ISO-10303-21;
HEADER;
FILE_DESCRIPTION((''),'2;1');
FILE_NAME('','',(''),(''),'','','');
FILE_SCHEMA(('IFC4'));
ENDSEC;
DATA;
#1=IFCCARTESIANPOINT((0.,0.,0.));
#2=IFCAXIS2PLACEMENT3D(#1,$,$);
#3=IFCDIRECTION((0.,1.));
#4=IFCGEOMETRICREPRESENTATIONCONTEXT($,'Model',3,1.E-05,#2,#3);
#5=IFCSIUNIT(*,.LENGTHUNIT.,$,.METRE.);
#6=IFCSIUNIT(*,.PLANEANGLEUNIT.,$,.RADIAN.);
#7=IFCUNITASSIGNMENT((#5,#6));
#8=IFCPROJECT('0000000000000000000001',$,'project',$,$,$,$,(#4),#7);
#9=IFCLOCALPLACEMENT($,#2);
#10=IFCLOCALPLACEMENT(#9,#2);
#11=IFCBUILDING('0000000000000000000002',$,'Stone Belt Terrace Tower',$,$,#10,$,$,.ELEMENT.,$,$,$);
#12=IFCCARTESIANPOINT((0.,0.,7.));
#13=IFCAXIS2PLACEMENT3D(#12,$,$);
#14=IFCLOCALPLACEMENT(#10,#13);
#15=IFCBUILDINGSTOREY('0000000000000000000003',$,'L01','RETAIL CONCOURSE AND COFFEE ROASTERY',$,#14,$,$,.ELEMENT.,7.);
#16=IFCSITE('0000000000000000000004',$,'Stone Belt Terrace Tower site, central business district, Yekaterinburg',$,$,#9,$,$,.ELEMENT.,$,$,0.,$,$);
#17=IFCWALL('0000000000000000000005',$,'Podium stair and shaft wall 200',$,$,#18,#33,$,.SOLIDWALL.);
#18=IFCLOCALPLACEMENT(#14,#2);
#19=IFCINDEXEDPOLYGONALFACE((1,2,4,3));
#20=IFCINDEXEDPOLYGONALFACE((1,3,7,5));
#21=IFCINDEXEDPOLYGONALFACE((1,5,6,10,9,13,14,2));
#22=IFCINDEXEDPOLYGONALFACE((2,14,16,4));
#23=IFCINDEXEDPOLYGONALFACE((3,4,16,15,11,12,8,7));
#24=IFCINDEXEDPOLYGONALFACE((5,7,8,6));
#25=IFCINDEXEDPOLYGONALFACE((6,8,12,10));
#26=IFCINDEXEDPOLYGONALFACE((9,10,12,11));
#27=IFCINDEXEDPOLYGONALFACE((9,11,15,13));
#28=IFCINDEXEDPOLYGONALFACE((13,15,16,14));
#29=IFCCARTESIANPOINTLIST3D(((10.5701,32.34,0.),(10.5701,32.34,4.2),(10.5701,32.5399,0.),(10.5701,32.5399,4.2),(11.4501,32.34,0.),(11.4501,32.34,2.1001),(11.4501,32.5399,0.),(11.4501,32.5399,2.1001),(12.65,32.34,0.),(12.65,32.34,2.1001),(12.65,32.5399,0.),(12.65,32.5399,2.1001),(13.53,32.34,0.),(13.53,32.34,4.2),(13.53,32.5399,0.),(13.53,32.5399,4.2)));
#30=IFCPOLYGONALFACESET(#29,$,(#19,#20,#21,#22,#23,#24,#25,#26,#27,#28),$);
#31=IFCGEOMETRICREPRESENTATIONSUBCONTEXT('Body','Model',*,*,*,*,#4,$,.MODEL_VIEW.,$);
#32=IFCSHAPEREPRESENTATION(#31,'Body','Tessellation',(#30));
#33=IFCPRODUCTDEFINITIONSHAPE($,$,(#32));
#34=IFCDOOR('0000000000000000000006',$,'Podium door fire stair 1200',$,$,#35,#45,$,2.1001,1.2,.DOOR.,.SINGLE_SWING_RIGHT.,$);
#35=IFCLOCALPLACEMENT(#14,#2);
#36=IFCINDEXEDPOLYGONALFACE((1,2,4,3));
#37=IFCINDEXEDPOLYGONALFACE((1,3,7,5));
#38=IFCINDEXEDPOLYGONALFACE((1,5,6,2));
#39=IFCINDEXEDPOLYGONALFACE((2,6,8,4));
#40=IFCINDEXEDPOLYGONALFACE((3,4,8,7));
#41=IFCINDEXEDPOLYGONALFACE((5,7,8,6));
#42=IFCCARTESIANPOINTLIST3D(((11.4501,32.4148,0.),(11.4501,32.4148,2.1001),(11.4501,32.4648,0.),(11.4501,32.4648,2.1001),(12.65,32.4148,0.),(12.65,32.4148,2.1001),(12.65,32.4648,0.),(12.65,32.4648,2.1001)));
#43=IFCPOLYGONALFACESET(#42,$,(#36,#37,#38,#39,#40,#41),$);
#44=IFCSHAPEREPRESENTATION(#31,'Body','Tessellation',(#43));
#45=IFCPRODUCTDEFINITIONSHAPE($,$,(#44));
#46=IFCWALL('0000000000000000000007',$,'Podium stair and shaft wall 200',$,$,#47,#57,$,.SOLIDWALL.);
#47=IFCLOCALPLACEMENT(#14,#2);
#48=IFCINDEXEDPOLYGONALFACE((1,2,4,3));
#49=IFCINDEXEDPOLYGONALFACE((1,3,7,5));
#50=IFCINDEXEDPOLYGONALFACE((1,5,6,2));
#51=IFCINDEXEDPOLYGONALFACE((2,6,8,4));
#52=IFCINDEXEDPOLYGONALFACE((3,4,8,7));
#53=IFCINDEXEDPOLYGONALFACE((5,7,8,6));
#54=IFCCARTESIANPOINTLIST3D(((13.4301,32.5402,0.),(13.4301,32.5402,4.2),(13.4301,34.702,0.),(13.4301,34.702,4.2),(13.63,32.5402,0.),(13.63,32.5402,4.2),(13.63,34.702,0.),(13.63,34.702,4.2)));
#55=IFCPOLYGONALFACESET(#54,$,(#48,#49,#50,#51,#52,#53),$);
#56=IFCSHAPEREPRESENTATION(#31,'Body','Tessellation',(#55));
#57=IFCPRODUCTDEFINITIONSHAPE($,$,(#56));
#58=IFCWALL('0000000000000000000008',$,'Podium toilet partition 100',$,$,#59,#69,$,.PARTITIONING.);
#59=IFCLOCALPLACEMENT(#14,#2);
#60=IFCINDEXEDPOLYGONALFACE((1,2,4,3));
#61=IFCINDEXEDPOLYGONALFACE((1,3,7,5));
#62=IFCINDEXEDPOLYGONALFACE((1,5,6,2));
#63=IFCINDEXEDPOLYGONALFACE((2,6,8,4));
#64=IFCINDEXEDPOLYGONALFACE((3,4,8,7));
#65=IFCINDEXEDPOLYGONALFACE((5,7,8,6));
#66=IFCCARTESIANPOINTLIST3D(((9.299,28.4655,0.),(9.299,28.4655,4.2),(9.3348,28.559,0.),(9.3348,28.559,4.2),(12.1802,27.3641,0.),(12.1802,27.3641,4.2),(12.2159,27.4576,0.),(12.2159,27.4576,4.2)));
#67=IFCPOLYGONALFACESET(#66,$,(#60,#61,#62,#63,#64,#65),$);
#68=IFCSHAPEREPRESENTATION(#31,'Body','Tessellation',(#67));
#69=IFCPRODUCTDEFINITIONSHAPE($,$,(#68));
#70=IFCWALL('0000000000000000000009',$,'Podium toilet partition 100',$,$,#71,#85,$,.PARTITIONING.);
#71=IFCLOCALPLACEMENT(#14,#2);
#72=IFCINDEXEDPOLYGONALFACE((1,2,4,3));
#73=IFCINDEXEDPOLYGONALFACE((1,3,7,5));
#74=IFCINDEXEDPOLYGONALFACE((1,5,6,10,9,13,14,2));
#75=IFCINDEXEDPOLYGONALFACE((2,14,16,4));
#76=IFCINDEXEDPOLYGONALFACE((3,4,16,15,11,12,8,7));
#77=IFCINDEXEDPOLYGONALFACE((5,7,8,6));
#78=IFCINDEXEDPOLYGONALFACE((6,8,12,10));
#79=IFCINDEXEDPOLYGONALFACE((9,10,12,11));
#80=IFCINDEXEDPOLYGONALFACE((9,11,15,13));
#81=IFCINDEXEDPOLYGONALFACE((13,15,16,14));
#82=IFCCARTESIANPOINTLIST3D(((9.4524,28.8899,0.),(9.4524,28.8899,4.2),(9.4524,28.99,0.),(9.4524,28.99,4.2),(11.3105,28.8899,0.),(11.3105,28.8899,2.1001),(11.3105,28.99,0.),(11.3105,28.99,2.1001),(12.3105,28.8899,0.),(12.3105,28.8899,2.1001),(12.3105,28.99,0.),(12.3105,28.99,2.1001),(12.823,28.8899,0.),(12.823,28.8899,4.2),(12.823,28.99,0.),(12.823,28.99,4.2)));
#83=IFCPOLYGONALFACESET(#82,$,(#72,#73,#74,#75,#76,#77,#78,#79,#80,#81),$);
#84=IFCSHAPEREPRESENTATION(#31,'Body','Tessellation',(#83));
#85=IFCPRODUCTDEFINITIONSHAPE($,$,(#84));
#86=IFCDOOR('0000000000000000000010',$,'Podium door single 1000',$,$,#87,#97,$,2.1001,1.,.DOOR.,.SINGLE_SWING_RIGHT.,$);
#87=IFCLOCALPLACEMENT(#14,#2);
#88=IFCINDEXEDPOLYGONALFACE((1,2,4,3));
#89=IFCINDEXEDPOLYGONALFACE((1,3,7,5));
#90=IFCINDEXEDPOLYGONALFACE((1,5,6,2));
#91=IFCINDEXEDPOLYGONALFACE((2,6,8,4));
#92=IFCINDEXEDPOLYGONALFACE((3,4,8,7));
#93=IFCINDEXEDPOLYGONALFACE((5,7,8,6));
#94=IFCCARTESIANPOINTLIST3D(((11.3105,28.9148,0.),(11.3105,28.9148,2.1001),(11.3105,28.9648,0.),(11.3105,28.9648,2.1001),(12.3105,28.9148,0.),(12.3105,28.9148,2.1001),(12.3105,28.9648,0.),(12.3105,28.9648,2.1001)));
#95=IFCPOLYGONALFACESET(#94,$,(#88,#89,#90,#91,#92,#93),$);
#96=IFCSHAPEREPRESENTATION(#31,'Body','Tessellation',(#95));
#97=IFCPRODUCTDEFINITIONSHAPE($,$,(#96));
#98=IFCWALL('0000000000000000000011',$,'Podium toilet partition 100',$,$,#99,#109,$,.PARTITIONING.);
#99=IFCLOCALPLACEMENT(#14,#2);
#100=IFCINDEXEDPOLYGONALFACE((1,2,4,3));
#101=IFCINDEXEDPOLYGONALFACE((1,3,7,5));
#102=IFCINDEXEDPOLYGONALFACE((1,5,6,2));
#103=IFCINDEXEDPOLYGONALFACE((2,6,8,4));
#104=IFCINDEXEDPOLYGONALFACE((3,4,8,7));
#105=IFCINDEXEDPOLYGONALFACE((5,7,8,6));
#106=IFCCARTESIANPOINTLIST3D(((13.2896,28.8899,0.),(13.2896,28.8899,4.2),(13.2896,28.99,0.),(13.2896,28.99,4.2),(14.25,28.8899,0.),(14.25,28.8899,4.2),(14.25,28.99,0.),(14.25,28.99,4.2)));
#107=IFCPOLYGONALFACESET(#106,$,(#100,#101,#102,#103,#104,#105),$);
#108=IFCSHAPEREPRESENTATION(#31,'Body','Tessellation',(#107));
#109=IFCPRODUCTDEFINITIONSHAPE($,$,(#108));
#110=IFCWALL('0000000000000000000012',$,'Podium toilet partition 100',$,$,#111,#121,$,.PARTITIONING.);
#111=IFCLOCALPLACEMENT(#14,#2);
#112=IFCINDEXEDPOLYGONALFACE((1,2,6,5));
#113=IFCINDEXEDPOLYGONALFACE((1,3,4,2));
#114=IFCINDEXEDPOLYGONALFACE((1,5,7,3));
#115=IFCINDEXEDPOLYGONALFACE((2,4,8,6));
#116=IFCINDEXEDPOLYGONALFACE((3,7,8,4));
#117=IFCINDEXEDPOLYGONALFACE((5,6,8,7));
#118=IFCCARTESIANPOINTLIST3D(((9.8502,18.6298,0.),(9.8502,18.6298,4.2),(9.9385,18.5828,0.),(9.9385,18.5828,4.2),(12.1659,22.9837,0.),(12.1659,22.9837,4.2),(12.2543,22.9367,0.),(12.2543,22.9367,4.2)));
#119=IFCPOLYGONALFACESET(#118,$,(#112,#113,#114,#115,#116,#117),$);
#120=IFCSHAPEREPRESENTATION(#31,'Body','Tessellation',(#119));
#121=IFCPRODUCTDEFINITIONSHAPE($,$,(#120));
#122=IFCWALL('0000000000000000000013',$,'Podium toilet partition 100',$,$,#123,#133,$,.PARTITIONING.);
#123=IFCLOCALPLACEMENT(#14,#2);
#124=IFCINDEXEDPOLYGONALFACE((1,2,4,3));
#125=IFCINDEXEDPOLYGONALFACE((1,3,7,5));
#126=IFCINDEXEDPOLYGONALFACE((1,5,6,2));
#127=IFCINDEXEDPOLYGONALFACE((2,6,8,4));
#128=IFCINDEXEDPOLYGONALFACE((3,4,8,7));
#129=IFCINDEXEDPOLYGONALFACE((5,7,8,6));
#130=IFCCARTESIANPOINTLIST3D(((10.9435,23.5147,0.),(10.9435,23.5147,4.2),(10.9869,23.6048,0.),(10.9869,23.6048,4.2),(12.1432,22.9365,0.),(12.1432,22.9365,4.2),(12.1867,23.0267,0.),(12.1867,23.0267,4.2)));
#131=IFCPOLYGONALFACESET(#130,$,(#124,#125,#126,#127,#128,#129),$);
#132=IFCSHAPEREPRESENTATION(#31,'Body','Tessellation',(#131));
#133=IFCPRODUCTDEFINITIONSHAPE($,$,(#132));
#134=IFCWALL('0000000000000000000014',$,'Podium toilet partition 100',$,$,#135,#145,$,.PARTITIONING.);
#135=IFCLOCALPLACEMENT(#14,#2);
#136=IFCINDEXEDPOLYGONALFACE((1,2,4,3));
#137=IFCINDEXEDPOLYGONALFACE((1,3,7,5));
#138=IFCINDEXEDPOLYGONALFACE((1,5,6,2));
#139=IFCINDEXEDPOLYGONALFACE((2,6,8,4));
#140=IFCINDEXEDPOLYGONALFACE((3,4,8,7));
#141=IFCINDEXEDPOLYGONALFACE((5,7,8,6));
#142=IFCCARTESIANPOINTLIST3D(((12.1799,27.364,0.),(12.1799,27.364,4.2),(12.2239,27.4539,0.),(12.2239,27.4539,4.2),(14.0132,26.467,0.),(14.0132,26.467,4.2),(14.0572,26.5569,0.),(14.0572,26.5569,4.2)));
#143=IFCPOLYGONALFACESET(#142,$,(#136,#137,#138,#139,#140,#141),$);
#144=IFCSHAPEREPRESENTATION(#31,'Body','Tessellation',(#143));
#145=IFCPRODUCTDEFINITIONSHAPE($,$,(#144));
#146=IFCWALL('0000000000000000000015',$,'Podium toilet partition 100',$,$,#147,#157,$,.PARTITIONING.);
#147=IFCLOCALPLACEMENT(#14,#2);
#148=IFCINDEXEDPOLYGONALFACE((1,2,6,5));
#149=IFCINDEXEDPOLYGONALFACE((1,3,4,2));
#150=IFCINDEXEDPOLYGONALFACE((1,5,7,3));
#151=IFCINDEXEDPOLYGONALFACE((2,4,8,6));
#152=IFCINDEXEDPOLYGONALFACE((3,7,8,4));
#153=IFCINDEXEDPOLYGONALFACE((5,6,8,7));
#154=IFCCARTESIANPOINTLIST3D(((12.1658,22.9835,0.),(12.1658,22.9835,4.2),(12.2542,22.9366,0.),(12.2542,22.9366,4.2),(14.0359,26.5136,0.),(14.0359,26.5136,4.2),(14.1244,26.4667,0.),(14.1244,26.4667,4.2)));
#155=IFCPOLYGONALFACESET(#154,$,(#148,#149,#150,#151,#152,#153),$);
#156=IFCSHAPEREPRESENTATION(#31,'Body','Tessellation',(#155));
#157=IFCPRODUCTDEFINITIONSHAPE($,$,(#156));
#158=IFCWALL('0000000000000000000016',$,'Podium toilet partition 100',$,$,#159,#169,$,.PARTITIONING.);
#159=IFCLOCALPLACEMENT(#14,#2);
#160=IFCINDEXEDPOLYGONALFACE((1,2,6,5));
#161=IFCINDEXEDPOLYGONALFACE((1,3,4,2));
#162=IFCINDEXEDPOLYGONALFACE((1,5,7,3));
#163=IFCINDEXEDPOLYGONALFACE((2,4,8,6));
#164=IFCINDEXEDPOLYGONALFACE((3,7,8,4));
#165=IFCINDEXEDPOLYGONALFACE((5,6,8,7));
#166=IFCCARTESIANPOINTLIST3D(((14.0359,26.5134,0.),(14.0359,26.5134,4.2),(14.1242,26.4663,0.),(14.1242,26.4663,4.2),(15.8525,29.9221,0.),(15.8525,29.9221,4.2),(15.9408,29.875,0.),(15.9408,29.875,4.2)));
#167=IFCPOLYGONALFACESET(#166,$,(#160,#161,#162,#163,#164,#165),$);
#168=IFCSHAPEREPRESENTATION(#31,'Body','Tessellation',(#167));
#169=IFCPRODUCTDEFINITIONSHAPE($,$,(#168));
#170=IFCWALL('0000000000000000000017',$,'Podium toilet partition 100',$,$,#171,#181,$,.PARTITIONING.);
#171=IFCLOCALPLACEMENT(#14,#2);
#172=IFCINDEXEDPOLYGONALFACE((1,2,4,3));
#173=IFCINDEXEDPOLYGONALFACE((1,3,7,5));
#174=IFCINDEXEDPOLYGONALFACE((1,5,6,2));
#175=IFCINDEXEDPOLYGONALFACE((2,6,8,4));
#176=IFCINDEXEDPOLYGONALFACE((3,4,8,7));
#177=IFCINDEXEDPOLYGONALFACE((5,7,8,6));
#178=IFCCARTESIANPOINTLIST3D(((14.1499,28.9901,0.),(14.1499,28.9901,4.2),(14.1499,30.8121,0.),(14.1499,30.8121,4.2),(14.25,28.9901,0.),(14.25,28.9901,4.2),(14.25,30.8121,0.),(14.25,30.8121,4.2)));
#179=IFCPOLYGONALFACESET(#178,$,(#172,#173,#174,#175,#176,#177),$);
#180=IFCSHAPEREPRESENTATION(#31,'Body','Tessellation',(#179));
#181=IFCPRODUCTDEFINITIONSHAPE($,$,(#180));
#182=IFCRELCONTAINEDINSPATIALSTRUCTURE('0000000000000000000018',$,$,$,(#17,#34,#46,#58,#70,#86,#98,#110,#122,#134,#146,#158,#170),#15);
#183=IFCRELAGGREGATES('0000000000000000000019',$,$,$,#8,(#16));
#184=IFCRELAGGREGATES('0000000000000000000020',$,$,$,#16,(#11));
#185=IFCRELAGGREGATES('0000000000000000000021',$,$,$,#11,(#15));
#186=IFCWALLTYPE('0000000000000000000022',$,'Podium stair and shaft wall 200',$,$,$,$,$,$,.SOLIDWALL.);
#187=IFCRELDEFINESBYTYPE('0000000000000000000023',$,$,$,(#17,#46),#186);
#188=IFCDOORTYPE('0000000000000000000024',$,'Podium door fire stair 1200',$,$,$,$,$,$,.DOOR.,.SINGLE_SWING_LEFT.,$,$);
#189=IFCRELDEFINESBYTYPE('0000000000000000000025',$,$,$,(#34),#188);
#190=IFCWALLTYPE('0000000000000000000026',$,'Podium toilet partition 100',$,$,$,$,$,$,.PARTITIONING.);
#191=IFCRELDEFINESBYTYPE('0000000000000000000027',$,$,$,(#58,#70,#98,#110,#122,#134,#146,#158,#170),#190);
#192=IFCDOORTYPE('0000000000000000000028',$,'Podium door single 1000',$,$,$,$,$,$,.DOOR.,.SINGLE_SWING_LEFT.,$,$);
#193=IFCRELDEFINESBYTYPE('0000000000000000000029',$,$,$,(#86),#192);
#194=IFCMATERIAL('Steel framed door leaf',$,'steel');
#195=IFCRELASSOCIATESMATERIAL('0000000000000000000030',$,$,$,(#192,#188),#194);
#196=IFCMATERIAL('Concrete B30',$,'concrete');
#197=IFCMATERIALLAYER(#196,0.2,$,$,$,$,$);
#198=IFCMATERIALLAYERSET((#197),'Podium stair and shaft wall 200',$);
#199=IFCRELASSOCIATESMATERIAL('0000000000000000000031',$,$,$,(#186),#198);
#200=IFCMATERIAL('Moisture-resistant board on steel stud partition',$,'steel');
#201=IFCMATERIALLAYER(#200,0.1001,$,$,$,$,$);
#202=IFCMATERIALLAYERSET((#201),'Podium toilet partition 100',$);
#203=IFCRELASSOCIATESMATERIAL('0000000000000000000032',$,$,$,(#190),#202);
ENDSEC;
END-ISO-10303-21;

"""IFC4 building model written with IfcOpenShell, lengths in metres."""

from ifc_helpers import new_model, si_unit, direction, frame, frame_2d, origin, place, context, subcontext, project, spatial, rectangle, extrude, material, layer, layer_set, type_object, element, fill, save


model = new_model("IFC4")

# Units and contexts
model_context = context("Model", 3, precision=1e-05, world=origin(), true_north=direction((0.0, 1.0)))
body_context = subcontext(model_context, "Body", "Model", "MODEL_VIEW")
ifc_project = project(units=[si_unit("LENGTHUNIT", "METRE"), si_unit("PLANEANGLEUNIT", "RADIAN")], contexts=[model_context])

# Site, building, storey
site_placement = place(None, origin())
site = spatial("IfcSite", under=ifc_project, at=site_placement, Name="Stone Belt Terrace Tower site, central business district, Yekaterinburg", CompositionType="ELEMENT", RefElevation=0.0)
building_placement = place(site_placement, origin())
building = spatial("IfcBuilding", under=site, at=building_placement, Name="Stone Belt Terrace Tower", CompositionType="ELEMENT")
storey_placement = place(building_placement, frame((0.0, 0.0, 7.0)))
storey = spatial("IfcBuildingStorey", under=building, at=storey_placement, Name="L01", Description="RETAIL CONCOURSE AND COFFEE ROASTERY", CompositionType="ELEMENT", Elevation=7.0)

# Shared definitions
ifc_material_1 = material(Name="Steel framed door leaf", Category="steel")
door_type_1 = type_object("IfcDoorType", Name="Podium door single 1000", OperationType="SINGLE_SWING_LEFT", PredefinedType="DOOR", material=ifc_material_1)

# Shared definitions
ifc_material_2 = material(Name="Concrete B30", Category="concrete")
ifc_layer_1 = layer(ifc_material_2, 0.2)
ifc_layer_set_1 = layer_set([ifc_layer_1], Name="Podium stair and shaft wall 200")
wall_type_1 = type_object("IfcWallType", Name="Podium stair and shaft wall 200", PredefinedType="SOLIDWALL", material=ifc_layer_set_1)

# Wall, opening, door
wall_1_placement = place(storey_placement, frame((10.5701, 32.4399, 0.0), z_axis=(0.0, 0.0, 1.0), x_axis=(1.0, 0.0, 0.0)))
wall_1 = element("IfcWall", 1, at=wall_1_placement, inside=storey, type_object=wall_type_1, Name="Podium stair and shaft wall 200", PredefinedType="SOLIDWALL", context=body_context, shape_type="SweptSolid", body=[
    extrude(rectangle(XDim=2.96, YDim=0.2, at=frame_2d((1.48, 0.0))), origin(), (0.0, 0.0, 1.0), 4.2),
])
opening_1_placement = place(wall_1_placement, frame((0.8799, 0.0, 0.0)))
opening_1 = element("IfcOpeningElement", 2, at=opening_1_placement, cuts=wall_1, PredefinedType="OPENING", context=body_context, shape_type="SweptSolid", body=[
    extrude(rectangle(XDim=1.2, YDim=2.1001, at=frame_2d((0.6001, 1.05))), frame((0.0, 0.1099, 0.0), z_axis=(0.0, -1.0, 0.0), x_axis=(1.0, 0.0, 0.0)), (0.0, 0.0, 1.0), 0.22),
])
door_type_2 = type_object("IfcDoorType", Name="Podium door fire stair 1200", OperationType="SINGLE_SWING_LEFT", PredefinedType="DOOR", material=ifc_material_1)
door_1_placement = place(opening_1_placement, origin())
door_1 = element("IfcDoor", 3, at=door_1_placement, inside=storey, type_object=door_type_2, Name="Podium door fire stair 1200", OperationType="SINGLE_SWING_RIGHT", OverallHeight=2.1001, OverallWidth=1.2, PredefinedType="DOOR", context=body_context, shape_type="SweptSolid", body=[
    extrude(rectangle(XDim=1.2, YDim=2.1001, at=frame_2d((0.6001, 1.05))), frame((0.0, 0.0249, 0.0), z_axis=(0.0, -1.0, 0.0), x_axis=(1.0, 0.0, 0.0)), (0.0, 0.0, 1.0), 0.05),
])
fill(opening_1, door_1)

# Walls
wall_2_placement = place(storey_placement, frame((13.53, 32.54, 0.0), z_axis=(0.0, 0.0, 1.0), x_axis=(0.0, 1.0, 0.0)))
element("IfcWall", 4, at=wall_2_placement, inside=storey, type_object=wall_type_1, Name="Podium stair and shaft wall 200", PredefinedType="SOLIDWALL", context=body_context, shape_type="SweptSolid", body=[
    extrude(rectangle(XDim=2.1619, YDim=0.2, at=frame_2d((1.0811, 0.0))), origin(), (0.0, 0.0, 1.0), 4.2),
])
ifc_material_3 = material(Name="Moisture-resistant board on steel stud partition", Category="steel")
ifc_layer_2 = layer(ifc_material_3, 0.1001)
ifc_layer_set_2 = layer_set([ifc_layer_2], Name="Podium toilet partition 100")
wall_type_2 = type_object("IfcWallType", Name="Podium toilet partition 100", PredefinedType="PARTITIONING", material=ifc_layer_set_2)
wall_3_placement = place(storey_placement, frame((9.3169, 28.5122, 0.0), z_axis=(0.0, 0.0, 1.0), x_axis=(0.934082, -0.357058, 0.0)))
element("IfcWall", 5, at=wall_3_placement, inside=storey, type_object=wall_type_2, Name="Podium toilet partition 100", PredefinedType="PARTITIONING", context=body_context, shape_type="SweptSolid", body=[
    extrude(rectangle(XDim=3.0845, YDim=0.1001, at=frame_2d((1.5422, 0.0))), origin(), (0.0, 0.0, 1.0), 4.2),
])

# Wall, opening, door
wall_4_placement = place(storey_placement, frame((9.4524, 28.9399, 0.0), z_axis=(0.0, 0.0, 1.0), x_axis=(1.0, 0.0, 0.0)))
wall_4 = element("IfcWall", 6, at=wall_4_placement, inside=storey, type_object=wall_type_2, Name="Podium toilet partition 100", PredefinedType="PARTITIONING", context=body_context, shape_type="SweptSolid", body=[
    extrude(rectangle(XDim=3.3706, YDim=0.1001, at=frame_2d((1.6853, 0.0))), origin(), (0.0, 0.0, 1.0), 4.2),
])
opening_2_placement = place(wall_4_placement, frame((1.8582, 0.0, 0.0)))
opening_2 = element("IfcOpeningElement", 7, at=opening_2_placement, cuts=wall_4, PredefinedType="OPENING", context=body_context, shape_type="SweptSolid", body=[
    extrude(rectangle(XDim=1.0, YDim=2.1001, at=frame_2d((0.5, 1.05))), frame((0.0, 0.0601, 0.0), z_axis=(0.0, -1.0, 0.0), x_axis=(1.0, 0.0, 0.0)), (0.0, 0.0, 1.0), 0.1201),
])
door_2_placement = place(opening_2_placement, origin())
door_2 = element("IfcDoor", 8, at=door_2_placement, inside=storey, type_object=door_type_1, Name="Podium door single 1000", OperationType="SINGLE_SWING_RIGHT", OverallHeight=2.1001, OverallWidth=1.0, PredefinedType="DOOR", context=body_context, shape_type="SweptSolid", body=[
    extrude(rectangle(XDim=1.0, YDim=2.1001, at=frame_2d((0.5, 1.05))), frame((0.0, 0.0249, 0.0), z_axis=(0.0, -1.0, 0.0), x_axis=(1.0, 0.0, 0.0)), (0.0, 0.0, 1.0), 0.05),
])
fill(opening_2, door_2)

# Walls
wall_5_placement = place(storey_placement, frame((13.2896, 28.9399, 0.0), z_axis=(0.0, 0.0, 1.0), x_axis=(1.0, 0.0, 0.0)))
element("IfcWall", 9, at=wall_5_placement, inside=storey, type_object=wall_type_2, Name="Podium toilet partition 100", PredefinedType="PARTITIONING", context=body_context, shape_type="SweptSolid", body=[
    extrude(rectangle(XDim=0.9604, YDim=0.1001, at=frame_2d((0.4802, 0.0))), origin(), (0.0, 0.0, 1.0), 4.2),
])
wall_6_placement = place(storey_placement, frame((9.8943, 18.6062, 0.0), z_axis=(0.0, 0.0, 1.0), x_axis=(0.469588, 0.882885, 0.0)))
element("IfcWall", 10, at=wall_6_placement, inside=storey, type_object=wall_type_2, Name="Podium toilet partition 100", PredefinedType="PARTITIONING", context=body_context, shape_type="SweptSolid", body=[
    extrude(rectangle(XDim=4.9314, YDim=0.1001, at=frame_2d((2.4658, 0.0))), origin(), (0.0, 0.0, 1.0), 4.2),
])
wall_7_placement = place(storey_placement, frame((10.9651, 23.5598, 0.0), z_axis=(0.0, 0.0, 1.0), x_axis=(0.900858, -0.434113, 0.0)))
element("IfcWall", 11, at=wall_7_placement, inside=storey, type_object=wall_type_2, Name="Podium toilet partition 100", PredefinedType="PARTITIONING", context=body_context, shape_type="SweptSolid", body=[
    extrude(rectangle(XDim=1.3318, YDim=0.1001, at=frame_2d((0.666, 0.0))), origin(), (0.0, 0.0, 1.0), 4.2),
])
wall_8_placement = place(storey_placement, frame((12.2019, 27.4089, 0.0), z_axis=(0.0, 0.0, 1.0), x_axis=(0.898246, -0.439493, 0.0)))
element("IfcWall", 12, at=wall_8_placement, inside=storey, type_object=wall_type_2, Name="Podium toilet partition 100", PredefinedType="PARTITIONING", context=body_context, shape_type="SweptSolid", body=[
    extrude(rectangle(XDim=2.041, YDim=0.1001, at=frame_2d((1.0205, 0.0))), origin(), (0.0, 0.0, 1.0), 4.2),
])
wall_9_placement = place(storey_placement, frame((12.21, 22.96, 0.0), z_axis=(0.0, 0.0, 1.0), x_axis=(0.468138, 0.883656, 0.0)))
element("IfcWall", 13, at=wall_9_placement, inside=storey, type_object=wall_type_2, Name="Podium toilet partition 100", PredefinedType="PARTITIONING", context=body_context, shape_type="SweptSolid", body=[
    extrude(rectangle(XDim=3.9949, YDim=0.1001, at=frame_2d((1.9976, 0.0))), origin(), (0.0, 0.0, 1.0), 4.2),
])
wall_10_placement = place(storey_placement, frame((14.0801, 26.49, 0.0), z_axis=(0.0, 0.0, 1.0), x_axis=(0.470322, 0.882495, 0.0)))
element("IfcWall", 14, at=wall_10_placement, inside=storey, type_object=wall_type_2, Name="Podium toilet partition 100", PredefinedType="PARTITIONING", context=body_context, shape_type="SweptSolid", body=[
    extrude(rectangle(XDim=3.8625, YDim=0.1001, at=frame_2d((1.9312, 0.0))), origin(), (0.0, 0.0, 1.0), 4.2),
])
wall_11_placement = place(storey_placement, frame((14.2, 28.99, 0.0), z_axis=(0.0, 0.0, 1.0), x_axis=(0.0, 1.0, 0.0)))
element("IfcWall", 15, at=wall_11_placement, inside=storey, type_object=wall_type_2, Name="Podium toilet partition 100", PredefinedType="PARTITIONING", context=body_context, shape_type="SweptSolid", body=[
    extrude(rectangle(XDim=1.822, YDim=0.1001, at=frame_2d((0.9111, 0.0))), origin(), (0.0, 0.0, 1.0), 4.2),
])

save(model, "model.ifc")
